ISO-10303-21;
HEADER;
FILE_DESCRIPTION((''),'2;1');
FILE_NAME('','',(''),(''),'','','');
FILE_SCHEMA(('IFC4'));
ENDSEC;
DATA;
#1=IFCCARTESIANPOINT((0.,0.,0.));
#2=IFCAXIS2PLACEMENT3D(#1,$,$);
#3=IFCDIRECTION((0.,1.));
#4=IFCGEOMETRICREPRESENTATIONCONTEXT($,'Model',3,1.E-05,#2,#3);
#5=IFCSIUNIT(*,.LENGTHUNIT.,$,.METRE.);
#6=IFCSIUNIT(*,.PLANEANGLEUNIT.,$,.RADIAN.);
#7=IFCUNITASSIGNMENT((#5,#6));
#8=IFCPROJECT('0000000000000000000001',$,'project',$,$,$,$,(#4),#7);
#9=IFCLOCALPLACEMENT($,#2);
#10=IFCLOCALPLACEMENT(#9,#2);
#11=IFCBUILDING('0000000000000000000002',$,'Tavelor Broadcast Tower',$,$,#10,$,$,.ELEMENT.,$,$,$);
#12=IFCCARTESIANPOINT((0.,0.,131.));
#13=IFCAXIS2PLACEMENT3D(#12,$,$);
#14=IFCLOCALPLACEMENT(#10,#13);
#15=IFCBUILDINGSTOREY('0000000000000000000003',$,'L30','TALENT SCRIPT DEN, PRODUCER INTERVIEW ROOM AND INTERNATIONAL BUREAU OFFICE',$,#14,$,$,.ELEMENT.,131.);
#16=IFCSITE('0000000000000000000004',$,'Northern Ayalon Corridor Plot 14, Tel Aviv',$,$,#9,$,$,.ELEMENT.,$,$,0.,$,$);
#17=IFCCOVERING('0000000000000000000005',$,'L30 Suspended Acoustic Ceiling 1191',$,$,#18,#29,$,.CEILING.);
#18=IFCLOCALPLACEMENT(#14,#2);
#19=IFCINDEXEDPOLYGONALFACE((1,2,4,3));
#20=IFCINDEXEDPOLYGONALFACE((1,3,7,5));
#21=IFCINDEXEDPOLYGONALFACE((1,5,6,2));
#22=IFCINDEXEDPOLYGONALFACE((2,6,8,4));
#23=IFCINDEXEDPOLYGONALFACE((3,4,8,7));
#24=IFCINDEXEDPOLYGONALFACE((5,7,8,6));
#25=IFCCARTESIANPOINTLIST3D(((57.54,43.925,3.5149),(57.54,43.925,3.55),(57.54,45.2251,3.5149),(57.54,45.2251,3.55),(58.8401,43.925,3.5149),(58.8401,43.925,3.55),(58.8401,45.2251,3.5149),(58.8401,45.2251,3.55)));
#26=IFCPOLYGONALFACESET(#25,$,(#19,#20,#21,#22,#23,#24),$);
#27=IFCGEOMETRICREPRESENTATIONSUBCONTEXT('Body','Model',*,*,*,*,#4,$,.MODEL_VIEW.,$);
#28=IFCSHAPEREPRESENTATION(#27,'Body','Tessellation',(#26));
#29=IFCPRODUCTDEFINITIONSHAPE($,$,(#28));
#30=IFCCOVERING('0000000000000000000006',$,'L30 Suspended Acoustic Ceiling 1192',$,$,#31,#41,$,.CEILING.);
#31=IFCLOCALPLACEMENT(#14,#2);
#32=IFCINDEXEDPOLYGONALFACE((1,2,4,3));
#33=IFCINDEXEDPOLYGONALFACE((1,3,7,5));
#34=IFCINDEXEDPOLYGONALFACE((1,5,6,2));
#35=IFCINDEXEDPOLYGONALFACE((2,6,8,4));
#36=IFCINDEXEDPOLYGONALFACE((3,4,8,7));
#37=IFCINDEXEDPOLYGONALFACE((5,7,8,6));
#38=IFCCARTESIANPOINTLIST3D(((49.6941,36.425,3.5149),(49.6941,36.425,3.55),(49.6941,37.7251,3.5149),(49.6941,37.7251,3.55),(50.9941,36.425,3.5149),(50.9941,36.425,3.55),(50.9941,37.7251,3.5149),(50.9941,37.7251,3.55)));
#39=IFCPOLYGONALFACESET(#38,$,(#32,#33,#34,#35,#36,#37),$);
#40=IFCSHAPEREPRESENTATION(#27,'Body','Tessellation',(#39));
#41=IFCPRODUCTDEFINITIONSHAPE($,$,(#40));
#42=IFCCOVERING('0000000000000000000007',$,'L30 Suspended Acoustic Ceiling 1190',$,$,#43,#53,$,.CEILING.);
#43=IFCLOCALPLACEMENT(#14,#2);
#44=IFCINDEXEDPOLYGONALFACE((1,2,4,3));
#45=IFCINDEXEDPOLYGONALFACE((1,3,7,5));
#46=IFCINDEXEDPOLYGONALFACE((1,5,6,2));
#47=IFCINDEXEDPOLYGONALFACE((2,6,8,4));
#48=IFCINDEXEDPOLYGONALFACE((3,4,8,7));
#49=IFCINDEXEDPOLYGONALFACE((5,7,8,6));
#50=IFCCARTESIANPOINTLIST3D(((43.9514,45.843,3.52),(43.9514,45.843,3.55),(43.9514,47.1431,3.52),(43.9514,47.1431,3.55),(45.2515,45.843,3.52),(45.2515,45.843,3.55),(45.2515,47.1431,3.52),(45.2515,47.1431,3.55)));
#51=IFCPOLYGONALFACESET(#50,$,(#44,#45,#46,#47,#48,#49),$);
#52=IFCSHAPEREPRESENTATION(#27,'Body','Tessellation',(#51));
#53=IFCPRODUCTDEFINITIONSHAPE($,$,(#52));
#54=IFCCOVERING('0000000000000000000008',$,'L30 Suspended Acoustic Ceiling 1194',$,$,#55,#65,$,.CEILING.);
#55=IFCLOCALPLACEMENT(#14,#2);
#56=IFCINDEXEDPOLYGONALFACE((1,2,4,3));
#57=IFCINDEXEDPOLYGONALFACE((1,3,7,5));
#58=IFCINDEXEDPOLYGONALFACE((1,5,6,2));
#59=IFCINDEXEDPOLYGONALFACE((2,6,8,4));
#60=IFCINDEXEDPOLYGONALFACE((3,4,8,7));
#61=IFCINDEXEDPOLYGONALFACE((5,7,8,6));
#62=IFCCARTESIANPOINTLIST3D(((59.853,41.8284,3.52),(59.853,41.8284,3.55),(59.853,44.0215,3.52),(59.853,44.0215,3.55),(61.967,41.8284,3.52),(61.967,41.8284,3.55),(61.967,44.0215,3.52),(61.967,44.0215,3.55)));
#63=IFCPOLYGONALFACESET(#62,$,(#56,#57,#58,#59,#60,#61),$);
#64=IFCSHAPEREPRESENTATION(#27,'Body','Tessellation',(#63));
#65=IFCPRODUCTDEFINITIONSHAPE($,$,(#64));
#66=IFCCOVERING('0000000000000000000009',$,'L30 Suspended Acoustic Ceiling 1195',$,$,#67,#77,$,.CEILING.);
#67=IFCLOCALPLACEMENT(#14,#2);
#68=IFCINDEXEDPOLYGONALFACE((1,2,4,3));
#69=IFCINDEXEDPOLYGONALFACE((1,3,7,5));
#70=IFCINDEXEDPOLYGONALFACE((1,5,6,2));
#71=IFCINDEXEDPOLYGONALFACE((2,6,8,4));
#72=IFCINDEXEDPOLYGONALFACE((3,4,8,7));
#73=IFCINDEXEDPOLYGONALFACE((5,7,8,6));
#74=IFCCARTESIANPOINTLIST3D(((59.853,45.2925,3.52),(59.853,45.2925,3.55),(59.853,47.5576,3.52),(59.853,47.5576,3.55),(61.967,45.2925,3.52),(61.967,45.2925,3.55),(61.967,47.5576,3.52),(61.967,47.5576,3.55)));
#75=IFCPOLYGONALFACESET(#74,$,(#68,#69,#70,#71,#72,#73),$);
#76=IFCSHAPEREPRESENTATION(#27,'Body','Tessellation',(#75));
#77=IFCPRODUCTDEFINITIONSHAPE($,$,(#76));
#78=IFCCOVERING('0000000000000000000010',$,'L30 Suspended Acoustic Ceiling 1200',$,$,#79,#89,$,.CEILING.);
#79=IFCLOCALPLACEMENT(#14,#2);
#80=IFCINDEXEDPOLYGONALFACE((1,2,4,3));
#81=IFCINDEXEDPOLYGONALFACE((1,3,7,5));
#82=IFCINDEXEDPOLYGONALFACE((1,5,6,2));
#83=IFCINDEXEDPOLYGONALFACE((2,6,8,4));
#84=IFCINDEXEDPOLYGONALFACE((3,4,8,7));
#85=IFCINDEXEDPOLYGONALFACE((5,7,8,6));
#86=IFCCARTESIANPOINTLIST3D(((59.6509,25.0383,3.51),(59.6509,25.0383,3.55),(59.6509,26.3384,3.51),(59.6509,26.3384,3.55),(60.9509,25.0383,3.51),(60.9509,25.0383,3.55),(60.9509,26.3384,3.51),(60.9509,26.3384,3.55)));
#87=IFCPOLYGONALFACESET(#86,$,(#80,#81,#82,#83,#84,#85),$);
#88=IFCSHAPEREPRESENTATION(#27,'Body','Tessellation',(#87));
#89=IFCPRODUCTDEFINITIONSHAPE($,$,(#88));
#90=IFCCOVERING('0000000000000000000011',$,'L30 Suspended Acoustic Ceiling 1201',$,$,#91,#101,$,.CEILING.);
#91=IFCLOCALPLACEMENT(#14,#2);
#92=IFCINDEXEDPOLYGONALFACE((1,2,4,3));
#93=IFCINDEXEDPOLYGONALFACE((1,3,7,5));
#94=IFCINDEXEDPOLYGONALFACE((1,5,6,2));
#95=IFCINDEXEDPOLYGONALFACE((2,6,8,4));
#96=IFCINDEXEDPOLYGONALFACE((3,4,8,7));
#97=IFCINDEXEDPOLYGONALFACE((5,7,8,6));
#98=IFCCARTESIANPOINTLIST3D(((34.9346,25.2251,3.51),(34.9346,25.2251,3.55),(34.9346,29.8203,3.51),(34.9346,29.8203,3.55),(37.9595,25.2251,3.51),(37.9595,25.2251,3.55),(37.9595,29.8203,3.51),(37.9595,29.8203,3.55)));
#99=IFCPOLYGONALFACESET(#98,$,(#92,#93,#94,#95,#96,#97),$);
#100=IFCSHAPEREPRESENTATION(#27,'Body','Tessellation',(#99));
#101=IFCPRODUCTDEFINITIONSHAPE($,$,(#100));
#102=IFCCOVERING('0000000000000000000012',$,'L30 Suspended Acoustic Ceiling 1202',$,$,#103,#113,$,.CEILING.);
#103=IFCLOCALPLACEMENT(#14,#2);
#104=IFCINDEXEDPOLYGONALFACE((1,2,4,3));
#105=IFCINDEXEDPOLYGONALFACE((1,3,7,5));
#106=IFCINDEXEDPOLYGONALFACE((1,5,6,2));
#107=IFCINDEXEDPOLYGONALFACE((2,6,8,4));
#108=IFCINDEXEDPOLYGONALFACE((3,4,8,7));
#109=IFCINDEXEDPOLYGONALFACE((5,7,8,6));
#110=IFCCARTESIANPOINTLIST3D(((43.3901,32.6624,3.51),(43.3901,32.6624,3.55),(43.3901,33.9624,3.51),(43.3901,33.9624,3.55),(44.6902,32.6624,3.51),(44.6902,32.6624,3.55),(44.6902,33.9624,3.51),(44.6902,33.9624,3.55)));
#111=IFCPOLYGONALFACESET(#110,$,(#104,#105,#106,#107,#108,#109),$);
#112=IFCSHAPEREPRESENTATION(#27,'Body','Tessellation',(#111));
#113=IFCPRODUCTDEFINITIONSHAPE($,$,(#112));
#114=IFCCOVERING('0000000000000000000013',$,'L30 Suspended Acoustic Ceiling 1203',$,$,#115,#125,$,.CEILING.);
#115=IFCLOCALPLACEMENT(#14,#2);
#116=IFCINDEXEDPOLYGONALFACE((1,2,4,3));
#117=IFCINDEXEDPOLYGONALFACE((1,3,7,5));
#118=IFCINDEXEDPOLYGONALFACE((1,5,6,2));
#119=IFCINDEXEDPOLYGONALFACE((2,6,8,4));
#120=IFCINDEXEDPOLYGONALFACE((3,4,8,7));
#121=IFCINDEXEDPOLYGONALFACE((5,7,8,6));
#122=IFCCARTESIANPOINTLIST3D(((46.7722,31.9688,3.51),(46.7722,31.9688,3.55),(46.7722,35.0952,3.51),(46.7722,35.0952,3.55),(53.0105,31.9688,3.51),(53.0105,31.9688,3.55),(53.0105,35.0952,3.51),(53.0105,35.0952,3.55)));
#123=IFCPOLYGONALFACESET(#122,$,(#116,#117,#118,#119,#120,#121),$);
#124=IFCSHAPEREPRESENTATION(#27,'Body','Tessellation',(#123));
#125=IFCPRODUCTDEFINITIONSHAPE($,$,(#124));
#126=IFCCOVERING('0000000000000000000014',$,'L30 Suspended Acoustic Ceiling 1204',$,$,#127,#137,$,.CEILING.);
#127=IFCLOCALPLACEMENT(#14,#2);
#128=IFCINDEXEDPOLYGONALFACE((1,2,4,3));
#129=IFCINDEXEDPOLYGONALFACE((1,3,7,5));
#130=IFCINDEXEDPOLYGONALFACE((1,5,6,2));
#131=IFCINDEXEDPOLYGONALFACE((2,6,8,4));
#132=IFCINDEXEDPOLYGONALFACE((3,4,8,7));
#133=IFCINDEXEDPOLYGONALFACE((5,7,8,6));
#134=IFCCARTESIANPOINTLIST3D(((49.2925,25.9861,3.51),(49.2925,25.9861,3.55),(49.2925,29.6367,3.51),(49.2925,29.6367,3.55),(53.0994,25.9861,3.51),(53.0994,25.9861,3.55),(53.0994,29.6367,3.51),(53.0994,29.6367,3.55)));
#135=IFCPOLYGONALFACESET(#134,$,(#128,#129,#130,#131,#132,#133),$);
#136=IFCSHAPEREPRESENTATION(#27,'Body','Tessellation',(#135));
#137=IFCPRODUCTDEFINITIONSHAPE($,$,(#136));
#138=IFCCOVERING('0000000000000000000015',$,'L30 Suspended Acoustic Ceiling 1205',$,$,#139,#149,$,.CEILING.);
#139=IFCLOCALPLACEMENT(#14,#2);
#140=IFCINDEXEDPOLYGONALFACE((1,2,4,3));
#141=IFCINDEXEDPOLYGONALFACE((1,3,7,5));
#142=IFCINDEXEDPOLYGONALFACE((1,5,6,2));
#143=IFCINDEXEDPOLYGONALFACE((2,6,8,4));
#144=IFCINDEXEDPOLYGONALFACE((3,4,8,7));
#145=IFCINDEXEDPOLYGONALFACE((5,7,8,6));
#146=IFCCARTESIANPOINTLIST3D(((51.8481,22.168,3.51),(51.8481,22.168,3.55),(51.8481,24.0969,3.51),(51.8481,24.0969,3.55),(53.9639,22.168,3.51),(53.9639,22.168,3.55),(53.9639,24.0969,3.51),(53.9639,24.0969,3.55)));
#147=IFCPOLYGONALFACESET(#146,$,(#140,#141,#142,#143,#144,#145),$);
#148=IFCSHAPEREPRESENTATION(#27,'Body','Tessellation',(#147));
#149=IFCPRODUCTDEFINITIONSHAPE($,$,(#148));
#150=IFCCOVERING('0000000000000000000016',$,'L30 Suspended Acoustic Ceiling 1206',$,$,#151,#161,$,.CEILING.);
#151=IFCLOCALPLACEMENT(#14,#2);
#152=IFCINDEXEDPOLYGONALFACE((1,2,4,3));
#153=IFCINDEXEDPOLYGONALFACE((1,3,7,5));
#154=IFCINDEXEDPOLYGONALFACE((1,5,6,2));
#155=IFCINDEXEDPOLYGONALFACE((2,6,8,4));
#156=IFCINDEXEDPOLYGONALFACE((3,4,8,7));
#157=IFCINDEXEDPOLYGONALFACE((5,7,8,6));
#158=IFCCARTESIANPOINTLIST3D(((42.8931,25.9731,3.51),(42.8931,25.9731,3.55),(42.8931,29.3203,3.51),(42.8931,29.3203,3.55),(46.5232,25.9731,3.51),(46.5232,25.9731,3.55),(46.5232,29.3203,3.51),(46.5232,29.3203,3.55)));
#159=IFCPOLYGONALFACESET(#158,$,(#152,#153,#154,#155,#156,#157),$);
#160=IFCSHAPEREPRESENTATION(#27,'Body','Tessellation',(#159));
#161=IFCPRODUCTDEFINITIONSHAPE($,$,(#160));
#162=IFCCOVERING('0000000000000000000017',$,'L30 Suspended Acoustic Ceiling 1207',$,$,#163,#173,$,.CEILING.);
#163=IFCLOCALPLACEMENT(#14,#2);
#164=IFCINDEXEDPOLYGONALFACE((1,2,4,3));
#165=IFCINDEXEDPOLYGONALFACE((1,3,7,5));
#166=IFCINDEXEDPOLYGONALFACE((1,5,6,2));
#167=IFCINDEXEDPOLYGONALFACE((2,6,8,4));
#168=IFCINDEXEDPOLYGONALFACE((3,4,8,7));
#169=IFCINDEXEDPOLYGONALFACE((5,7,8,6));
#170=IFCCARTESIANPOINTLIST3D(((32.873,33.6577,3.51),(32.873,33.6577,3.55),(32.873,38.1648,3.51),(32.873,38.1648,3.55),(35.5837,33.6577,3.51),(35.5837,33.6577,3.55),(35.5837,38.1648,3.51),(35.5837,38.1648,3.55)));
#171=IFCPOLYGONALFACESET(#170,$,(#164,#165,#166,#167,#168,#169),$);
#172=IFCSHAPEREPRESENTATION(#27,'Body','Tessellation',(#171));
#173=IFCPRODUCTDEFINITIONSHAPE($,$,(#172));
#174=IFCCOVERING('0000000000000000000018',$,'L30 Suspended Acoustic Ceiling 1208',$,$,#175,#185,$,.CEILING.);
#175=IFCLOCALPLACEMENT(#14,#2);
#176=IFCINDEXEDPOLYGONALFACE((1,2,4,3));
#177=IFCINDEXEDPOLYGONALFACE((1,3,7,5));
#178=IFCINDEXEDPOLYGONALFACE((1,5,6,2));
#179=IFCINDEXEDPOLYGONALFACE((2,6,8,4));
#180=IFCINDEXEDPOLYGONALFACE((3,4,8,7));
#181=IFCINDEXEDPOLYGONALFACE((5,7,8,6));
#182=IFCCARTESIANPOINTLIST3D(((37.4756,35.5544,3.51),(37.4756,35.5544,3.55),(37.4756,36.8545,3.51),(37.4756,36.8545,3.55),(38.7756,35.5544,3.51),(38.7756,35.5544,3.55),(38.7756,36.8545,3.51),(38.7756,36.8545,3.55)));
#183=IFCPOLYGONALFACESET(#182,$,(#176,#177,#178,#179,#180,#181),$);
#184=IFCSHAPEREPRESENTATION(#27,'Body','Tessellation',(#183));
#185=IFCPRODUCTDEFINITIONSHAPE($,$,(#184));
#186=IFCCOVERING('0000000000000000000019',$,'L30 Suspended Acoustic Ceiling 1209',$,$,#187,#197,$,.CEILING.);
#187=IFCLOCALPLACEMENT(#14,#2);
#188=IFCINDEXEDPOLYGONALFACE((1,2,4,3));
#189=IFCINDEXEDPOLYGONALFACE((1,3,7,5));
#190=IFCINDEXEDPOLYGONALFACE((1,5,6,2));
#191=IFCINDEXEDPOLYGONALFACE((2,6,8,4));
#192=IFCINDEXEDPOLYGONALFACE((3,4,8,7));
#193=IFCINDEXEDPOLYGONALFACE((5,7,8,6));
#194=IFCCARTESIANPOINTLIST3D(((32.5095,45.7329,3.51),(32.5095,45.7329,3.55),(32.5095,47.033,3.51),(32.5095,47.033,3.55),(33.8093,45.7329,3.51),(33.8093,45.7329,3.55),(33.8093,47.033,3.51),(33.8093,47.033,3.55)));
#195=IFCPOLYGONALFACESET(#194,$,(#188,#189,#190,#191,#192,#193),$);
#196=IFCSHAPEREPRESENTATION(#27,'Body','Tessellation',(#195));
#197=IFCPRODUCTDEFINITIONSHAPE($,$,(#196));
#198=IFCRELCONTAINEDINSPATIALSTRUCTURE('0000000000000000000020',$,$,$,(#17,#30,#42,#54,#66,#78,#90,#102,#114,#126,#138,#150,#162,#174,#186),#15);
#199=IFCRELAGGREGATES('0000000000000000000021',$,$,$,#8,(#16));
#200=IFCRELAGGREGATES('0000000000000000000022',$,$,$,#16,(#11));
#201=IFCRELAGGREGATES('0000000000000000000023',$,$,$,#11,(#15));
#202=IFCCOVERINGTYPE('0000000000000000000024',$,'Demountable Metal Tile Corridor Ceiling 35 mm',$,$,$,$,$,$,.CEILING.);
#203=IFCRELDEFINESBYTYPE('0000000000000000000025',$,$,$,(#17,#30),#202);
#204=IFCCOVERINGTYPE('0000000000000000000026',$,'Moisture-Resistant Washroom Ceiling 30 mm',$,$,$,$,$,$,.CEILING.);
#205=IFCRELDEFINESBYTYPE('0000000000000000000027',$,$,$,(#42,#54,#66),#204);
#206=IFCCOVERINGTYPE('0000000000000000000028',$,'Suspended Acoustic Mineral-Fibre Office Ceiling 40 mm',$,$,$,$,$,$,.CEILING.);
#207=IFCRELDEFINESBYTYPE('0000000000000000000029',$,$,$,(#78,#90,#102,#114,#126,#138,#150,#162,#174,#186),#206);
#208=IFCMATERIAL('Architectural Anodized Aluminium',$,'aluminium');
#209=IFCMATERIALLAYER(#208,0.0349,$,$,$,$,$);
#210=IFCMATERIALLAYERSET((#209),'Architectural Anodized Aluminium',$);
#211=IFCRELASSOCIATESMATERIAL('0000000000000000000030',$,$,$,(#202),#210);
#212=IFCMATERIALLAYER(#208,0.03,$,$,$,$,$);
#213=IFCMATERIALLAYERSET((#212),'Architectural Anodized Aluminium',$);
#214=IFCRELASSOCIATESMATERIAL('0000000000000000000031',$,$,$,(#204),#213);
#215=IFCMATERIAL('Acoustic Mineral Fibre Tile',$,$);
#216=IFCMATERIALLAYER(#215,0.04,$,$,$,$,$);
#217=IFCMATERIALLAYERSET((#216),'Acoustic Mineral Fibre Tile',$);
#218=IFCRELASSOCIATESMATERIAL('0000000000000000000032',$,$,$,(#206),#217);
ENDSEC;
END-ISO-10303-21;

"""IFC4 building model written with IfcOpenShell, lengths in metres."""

from ifc_helpers import new_model, si_unit, direction, frame, origin, place, context, subcontext, project, spatial, polyline, outline, extrude, material, layer, layer_set, type_object, element, save


model = new_model("IFC4")

# Units and contexts
model_context = context("Model", 3, precision=1e-05, world=origin(), true_north=direction((0.0, 1.0)))
body_context = subcontext(model_context, "Body", "Model", "MODEL_VIEW")
ifc_project = project(units=[si_unit("LENGTHUNIT", "METRE"), si_unit("PLANEANGLEUNIT", "RADIAN")], contexts=[model_context])

# Site, building, storey
site_placement = place(None, origin())
site = spatial("IfcSite", under=ifc_project, at=site_placement, Name="Northern Ayalon Corridor Plot 14, Tel Aviv", CompositionType="ELEMENT", RefElevation=0.0)
building_placement = place(site_placement, origin())
building = spatial("IfcBuilding", under=site, at=building_placement, Name="Tavelor Broadcast Tower", CompositionType="ELEMENT")
storey_placement = place(building_placement, frame((0.0, 0.0, 131.0)))
storey = spatial("IfcBuildingStorey", under=building, at=storey_placement, Name="L30", Description="TALENT SCRIPT DEN, PRODUCER INTERVIEW ROOM AND INTERNATIONAL BUREAU OFFICE", CompositionType="ELEMENT", Elevation=131.0)

# Coverings
ifc_material_1 = material(Name="Architectural Anodized Aluminium", Category="aluminium")
ifc_layer_1 = layer(ifc_material_1, 0.0349)
ifc_layer_set_1 = layer_set([ifc_layer_1], Name="Architectural Anodized Aluminium")
covering_type_1 = type_object("IfcCoveringType", Name="Demountable Metal Tile Corridor Ceiling 35 mm", PredefinedType="CEILING", material=ifc_layer_set_1)
covering_1_placement = place(storey_placement, frame((0.0, 0.0, 3.5149)))
element("IfcCovering", 1, at=covering_1_placement, inside=storey, type_object=covering_type_1, Name="L30 Suspended Acoustic Ceiling 1191", PredefinedType="CEILING", context=body_context, shape_type="SweptSolid", body=[
    extrude(outline(polyline([(57.54, 43.925), (58.8401, 43.925), (58.8401, 45.2251), (57.54, 45.2251), (57.54, 43.925)])), origin(), (0.0, 0.0, 1.0), 0.0352),
])
covering_2_placement = place(storey_placement, frame((0.0, 0.0, 3.5149)))
element("IfcCovering", 2, at=covering_2_placement, inside=storey, type_object=covering_type_1, Name="L30 Suspended Acoustic Ceiling 1192", PredefinedType="CEILING", context=body_context, shape_type="SweptSolid", body=[
    extrude(outline(polyline([(49.6941, 36.425), (50.9941, 36.425), (50.9941, 37.7251), (49.6941, 37.7251), (49.6941, 36.425)])), origin(), (0.0, 0.0, 1.0), 0.0352),
])
ifc_layer_2 = layer(ifc_material_1, 0.03)
ifc_layer_set_2 = layer_set([ifc_layer_2], Name="Architectural Anodized Aluminium")
covering_type_2 = type_object("IfcCoveringType", Name="Moisture-Resistant Washroom Ceiling 30 mm", PredefinedType="CEILING", material=ifc_layer_set_2)
covering_3_placement = place(storey_placement, frame((0.0, 0.0, 3.52)))
element("IfcCovering", 3, at=covering_3_placement, inside=storey, type_object=covering_type_2, Name="L30 Suspended Acoustic Ceiling 1190", PredefinedType="CEILING", context=body_context, shape_type="SweptSolid", body=[
    extrude(outline(polyline([(43.9514, 45.843), (45.2515, 45.843), (45.2515, 47.1431), (43.9514, 47.1431), (43.9514, 45.843)])), origin(), (0.0, 0.0, 1.0), 0.03),
])
covering_4_placement = place(storey_placement, frame((0.0, 0.0, 3.52)))
element("IfcCovering", 4, at=covering_4_placement, inside=storey, type_object=covering_type_2, Name="L30 Suspended Acoustic Ceiling 1194", PredefinedType="CEILING", context=body_context, shape_type="SweptSolid", body=[
    extrude(outline(polyline([(59.853, 41.8284), (61.967, 41.8284), (61.967, 44.0215), (59.853, 44.0215), (59.853, 41.8284)])), origin(), (0.0, 0.0, 1.0), 0.03),
])
covering_5_placement = place(storey_placement, frame((0.0, 0.0, 3.52)))
element("IfcCovering", 5, at=covering_5_placement, inside=storey, type_object=covering_type_2, Name="L30 Suspended Acoustic Ceiling 1195", PredefinedType="CEILING", context=body_context, shape_type="SweptSolid", body=[
    extrude(outline(polyline([(59.853, 45.2925), (61.967, 45.2925), (61.967, 47.5576), (59.853, 47.5576), (59.853, 45.2925)])), origin(), (0.0, 0.0, 1.0), 0.03),
])
ifc_material_2 = material(Name="Acoustic Mineral Fibre Tile")
ifc_layer_3 = layer(ifc_material_2, 0.04)
ifc_layer_set_3 = layer_set([ifc_layer_3], Name="Acoustic Mineral Fibre Tile")
covering_type_3 = type_object("IfcCoveringType", Name="Suspended Acoustic Mineral-Fibre Office Ceiling 40 mm", PredefinedType="CEILING", material=ifc_layer_set_3)
covering_6_placement = place(storey_placement, frame((0.0, 0.0, 3.51)))
element("IfcCovering", 6, at=covering_6_placement, inside=storey, type_object=covering_type_3, Name="L30 Suspended Acoustic Ceiling 1200", PredefinedType="CEILING", context=body_context, shape_type="SweptSolid", body=[
    extrude(outline(polyline([(59.6509, 25.0383), (60.9509, 25.0383), (60.9509, 26.3384), (59.6509, 26.3384), (59.6509, 25.0383)])), origin(), (0.0, 0.0, 1.0), 0.04),
])
covering_7_placement = place(storey_placement, frame((0.0, 0.0, 3.51)))
element("IfcCovering", 7, at=covering_7_placement, inside=storey, type_object=covering_type_3, Name="L30 Suspended Acoustic Ceiling 1201", PredefinedType="CEILING", context=body_context, shape_type="SweptSolid", body=[
    extrude(outline(polyline([(34.9346, 25.2251), (37.9595, 25.2251), (37.9595, 29.8203), (34.9346, 29.8203), (34.9346, 25.2251)])), origin(), (0.0, 0.0, 1.0), 0.04),
])
covering_8_placement = place(storey_placement, frame((0.0, 0.0, 3.51)))
element("IfcCovering", 8, at=covering_8_placement, inside=storey, type_object=covering_type_3, Name="L30 Suspended Acoustic Ceiling 1202", PredefinedType="CEILING", context=body_context, shape_type="SweptSolid", body=[
    extrude(outline(polyline([(43.3901, 32.6624), (44.6902, 32.6624), (44.6902, 33.9624), (43.3901, 33.9624), (43.3901, 32.6624)])), origin(), (0.0, 0.0, 1.0), 0.04),
])
covering_9_placement = place(storey_placement, frame((0.0, 0.0, 3.51)))
element("IfcCovering", 9, at=covering_9_placement, inside=storey, type_object=covering_type_3, Name="L30 Suspended Acoustic Ceiling 1203", PredefinedType="CEILING", context=body_context, shape_type="SweptSolid", body=[
    extrude(outline(polyline([(46.7722, 31.9688), (53.0105, 31.9688), (53.0105, 35.0952), (46.7722, 35.0952), (46.7722, 31.9688)])), origin(), (0.0, 0.0, 1.0), 0.04),
])
covering_10_placement = place(storey_placement, frame((0.0, 0.0, 3.51)))
element("IfcCovering", 10, at=covering_10_placement, inside=storey, type_object=covering_type_3, Name="L30 Suspended Acoustic Ceiling 1204", PredefinedType="CEILING", context=body_context, shape_type="SweptSolid", body=[
    extrude(outline(polyline([(49.2925, 25.9861), (53.0994, 25.9861), (53.0994, 29.6367), (49.2925, 29.6367), (49.2925, 25.9861)])), origin(), (0.0, 0.0, 1.0), 0.04),
])
covering_11_placement = place(storey_placement, frame((0.0, 0.0, 3.51)))
element("IfcCovering", 11, at=covering_11_placement, inside=storey, type_object=covering_type_3, Name="L30 Suspended Acoustic Ceiling 1205", PredefinedType="CEILING", context=body_context, shape_type="SweptSolid", body=[
    extrude(outline(polyline([(51.8481, 22.168), (53.9639, 22.168), (53.9639, 24.0969), (51.8481, 24.0969), (51.8481, 22.168)])), origin(), (0.0, 0.0, 1.0), 0.04),
])
covering_12_placement = place(storey_placement, frame((0.0, 0.0, 3.51)))
element("IfcCovering", 12, at=covering_12_placement, inside=storey, type_object=covering_type_3, Name="L30 Suspended Acoustic Ceiling 1206", PredefinedType="CEILING", context=body_context, shape_type="SweptSolid", body=[
    extrude(outline(polyline([(42.8931, 25.9731), (46.5232, 25.9731), (46.5232, 29.3203), (42.8931, 29.3203), (42.8931, 25.9731)])), origin(), (0.0, 0.0, 1.0), 0.04),
])
covering_13_placement = place(storey_placement, frame((0.0, 0.0, 3.51)))
element("IfcCovering", 13, at=covering_13_placement, inside=storey, type_object=covering_type_3, Name="L30 Suspended Acoustic Ceiling 1207", PredefinedType="CEILING", context=body_context, shape_type="SweptSolid", body=[
    extrude(outline(polyline([(32.873, 33.6577), (35.5837, 33.6577), (35.5837, 38.1648), (32.873, 38.1648), (32.873, 33.6577)])), origin(), (0.0, 0.0, 1.0), 0.04),
])
covering_14_placement = place(storey_placement, frame((0.0, 0.0, 3.51)))
element("IfcCovering", 14, at=covering_14_placement, inside=storey, type_object=covering_type_3, Name="L30 Suspended Acoustic Ceiling 1208", PredefinedType="CEILING", context=body_context, shape_type="SweptSolid", body=[
    extrude(outline(polyline([(37.4756, 35.5544), (38.7756, 35.5544), (38.7756, 36.8545), (37.4756, 36.8545), (37.4756, 35.5544)])), origin(), (0.0, 0.0, 1.0), 0.04),
])
covering_15_placement = place(storey_placement, frame((0.0, 0.0, 3.51)))
element("IfcCovering", 15, at=covering_15_placement, inside=storey, type_object=covering_type_3, Name="L30 Suspended Acoustic Ceiling 1209", PredefinedType="CEILING", context=body_context, shape_type="SweptSolid", body=[
    extrude(outline(polyline([(32.5095, 45.7329), (33.8093, 45.7329), (33.8093, 47.033), (32.5095, 47.033), (32.5095, 45.7329)])), origin(), (0.0, 0.0, 1.0), 0.04),
])

save(model, "model.ifc")
